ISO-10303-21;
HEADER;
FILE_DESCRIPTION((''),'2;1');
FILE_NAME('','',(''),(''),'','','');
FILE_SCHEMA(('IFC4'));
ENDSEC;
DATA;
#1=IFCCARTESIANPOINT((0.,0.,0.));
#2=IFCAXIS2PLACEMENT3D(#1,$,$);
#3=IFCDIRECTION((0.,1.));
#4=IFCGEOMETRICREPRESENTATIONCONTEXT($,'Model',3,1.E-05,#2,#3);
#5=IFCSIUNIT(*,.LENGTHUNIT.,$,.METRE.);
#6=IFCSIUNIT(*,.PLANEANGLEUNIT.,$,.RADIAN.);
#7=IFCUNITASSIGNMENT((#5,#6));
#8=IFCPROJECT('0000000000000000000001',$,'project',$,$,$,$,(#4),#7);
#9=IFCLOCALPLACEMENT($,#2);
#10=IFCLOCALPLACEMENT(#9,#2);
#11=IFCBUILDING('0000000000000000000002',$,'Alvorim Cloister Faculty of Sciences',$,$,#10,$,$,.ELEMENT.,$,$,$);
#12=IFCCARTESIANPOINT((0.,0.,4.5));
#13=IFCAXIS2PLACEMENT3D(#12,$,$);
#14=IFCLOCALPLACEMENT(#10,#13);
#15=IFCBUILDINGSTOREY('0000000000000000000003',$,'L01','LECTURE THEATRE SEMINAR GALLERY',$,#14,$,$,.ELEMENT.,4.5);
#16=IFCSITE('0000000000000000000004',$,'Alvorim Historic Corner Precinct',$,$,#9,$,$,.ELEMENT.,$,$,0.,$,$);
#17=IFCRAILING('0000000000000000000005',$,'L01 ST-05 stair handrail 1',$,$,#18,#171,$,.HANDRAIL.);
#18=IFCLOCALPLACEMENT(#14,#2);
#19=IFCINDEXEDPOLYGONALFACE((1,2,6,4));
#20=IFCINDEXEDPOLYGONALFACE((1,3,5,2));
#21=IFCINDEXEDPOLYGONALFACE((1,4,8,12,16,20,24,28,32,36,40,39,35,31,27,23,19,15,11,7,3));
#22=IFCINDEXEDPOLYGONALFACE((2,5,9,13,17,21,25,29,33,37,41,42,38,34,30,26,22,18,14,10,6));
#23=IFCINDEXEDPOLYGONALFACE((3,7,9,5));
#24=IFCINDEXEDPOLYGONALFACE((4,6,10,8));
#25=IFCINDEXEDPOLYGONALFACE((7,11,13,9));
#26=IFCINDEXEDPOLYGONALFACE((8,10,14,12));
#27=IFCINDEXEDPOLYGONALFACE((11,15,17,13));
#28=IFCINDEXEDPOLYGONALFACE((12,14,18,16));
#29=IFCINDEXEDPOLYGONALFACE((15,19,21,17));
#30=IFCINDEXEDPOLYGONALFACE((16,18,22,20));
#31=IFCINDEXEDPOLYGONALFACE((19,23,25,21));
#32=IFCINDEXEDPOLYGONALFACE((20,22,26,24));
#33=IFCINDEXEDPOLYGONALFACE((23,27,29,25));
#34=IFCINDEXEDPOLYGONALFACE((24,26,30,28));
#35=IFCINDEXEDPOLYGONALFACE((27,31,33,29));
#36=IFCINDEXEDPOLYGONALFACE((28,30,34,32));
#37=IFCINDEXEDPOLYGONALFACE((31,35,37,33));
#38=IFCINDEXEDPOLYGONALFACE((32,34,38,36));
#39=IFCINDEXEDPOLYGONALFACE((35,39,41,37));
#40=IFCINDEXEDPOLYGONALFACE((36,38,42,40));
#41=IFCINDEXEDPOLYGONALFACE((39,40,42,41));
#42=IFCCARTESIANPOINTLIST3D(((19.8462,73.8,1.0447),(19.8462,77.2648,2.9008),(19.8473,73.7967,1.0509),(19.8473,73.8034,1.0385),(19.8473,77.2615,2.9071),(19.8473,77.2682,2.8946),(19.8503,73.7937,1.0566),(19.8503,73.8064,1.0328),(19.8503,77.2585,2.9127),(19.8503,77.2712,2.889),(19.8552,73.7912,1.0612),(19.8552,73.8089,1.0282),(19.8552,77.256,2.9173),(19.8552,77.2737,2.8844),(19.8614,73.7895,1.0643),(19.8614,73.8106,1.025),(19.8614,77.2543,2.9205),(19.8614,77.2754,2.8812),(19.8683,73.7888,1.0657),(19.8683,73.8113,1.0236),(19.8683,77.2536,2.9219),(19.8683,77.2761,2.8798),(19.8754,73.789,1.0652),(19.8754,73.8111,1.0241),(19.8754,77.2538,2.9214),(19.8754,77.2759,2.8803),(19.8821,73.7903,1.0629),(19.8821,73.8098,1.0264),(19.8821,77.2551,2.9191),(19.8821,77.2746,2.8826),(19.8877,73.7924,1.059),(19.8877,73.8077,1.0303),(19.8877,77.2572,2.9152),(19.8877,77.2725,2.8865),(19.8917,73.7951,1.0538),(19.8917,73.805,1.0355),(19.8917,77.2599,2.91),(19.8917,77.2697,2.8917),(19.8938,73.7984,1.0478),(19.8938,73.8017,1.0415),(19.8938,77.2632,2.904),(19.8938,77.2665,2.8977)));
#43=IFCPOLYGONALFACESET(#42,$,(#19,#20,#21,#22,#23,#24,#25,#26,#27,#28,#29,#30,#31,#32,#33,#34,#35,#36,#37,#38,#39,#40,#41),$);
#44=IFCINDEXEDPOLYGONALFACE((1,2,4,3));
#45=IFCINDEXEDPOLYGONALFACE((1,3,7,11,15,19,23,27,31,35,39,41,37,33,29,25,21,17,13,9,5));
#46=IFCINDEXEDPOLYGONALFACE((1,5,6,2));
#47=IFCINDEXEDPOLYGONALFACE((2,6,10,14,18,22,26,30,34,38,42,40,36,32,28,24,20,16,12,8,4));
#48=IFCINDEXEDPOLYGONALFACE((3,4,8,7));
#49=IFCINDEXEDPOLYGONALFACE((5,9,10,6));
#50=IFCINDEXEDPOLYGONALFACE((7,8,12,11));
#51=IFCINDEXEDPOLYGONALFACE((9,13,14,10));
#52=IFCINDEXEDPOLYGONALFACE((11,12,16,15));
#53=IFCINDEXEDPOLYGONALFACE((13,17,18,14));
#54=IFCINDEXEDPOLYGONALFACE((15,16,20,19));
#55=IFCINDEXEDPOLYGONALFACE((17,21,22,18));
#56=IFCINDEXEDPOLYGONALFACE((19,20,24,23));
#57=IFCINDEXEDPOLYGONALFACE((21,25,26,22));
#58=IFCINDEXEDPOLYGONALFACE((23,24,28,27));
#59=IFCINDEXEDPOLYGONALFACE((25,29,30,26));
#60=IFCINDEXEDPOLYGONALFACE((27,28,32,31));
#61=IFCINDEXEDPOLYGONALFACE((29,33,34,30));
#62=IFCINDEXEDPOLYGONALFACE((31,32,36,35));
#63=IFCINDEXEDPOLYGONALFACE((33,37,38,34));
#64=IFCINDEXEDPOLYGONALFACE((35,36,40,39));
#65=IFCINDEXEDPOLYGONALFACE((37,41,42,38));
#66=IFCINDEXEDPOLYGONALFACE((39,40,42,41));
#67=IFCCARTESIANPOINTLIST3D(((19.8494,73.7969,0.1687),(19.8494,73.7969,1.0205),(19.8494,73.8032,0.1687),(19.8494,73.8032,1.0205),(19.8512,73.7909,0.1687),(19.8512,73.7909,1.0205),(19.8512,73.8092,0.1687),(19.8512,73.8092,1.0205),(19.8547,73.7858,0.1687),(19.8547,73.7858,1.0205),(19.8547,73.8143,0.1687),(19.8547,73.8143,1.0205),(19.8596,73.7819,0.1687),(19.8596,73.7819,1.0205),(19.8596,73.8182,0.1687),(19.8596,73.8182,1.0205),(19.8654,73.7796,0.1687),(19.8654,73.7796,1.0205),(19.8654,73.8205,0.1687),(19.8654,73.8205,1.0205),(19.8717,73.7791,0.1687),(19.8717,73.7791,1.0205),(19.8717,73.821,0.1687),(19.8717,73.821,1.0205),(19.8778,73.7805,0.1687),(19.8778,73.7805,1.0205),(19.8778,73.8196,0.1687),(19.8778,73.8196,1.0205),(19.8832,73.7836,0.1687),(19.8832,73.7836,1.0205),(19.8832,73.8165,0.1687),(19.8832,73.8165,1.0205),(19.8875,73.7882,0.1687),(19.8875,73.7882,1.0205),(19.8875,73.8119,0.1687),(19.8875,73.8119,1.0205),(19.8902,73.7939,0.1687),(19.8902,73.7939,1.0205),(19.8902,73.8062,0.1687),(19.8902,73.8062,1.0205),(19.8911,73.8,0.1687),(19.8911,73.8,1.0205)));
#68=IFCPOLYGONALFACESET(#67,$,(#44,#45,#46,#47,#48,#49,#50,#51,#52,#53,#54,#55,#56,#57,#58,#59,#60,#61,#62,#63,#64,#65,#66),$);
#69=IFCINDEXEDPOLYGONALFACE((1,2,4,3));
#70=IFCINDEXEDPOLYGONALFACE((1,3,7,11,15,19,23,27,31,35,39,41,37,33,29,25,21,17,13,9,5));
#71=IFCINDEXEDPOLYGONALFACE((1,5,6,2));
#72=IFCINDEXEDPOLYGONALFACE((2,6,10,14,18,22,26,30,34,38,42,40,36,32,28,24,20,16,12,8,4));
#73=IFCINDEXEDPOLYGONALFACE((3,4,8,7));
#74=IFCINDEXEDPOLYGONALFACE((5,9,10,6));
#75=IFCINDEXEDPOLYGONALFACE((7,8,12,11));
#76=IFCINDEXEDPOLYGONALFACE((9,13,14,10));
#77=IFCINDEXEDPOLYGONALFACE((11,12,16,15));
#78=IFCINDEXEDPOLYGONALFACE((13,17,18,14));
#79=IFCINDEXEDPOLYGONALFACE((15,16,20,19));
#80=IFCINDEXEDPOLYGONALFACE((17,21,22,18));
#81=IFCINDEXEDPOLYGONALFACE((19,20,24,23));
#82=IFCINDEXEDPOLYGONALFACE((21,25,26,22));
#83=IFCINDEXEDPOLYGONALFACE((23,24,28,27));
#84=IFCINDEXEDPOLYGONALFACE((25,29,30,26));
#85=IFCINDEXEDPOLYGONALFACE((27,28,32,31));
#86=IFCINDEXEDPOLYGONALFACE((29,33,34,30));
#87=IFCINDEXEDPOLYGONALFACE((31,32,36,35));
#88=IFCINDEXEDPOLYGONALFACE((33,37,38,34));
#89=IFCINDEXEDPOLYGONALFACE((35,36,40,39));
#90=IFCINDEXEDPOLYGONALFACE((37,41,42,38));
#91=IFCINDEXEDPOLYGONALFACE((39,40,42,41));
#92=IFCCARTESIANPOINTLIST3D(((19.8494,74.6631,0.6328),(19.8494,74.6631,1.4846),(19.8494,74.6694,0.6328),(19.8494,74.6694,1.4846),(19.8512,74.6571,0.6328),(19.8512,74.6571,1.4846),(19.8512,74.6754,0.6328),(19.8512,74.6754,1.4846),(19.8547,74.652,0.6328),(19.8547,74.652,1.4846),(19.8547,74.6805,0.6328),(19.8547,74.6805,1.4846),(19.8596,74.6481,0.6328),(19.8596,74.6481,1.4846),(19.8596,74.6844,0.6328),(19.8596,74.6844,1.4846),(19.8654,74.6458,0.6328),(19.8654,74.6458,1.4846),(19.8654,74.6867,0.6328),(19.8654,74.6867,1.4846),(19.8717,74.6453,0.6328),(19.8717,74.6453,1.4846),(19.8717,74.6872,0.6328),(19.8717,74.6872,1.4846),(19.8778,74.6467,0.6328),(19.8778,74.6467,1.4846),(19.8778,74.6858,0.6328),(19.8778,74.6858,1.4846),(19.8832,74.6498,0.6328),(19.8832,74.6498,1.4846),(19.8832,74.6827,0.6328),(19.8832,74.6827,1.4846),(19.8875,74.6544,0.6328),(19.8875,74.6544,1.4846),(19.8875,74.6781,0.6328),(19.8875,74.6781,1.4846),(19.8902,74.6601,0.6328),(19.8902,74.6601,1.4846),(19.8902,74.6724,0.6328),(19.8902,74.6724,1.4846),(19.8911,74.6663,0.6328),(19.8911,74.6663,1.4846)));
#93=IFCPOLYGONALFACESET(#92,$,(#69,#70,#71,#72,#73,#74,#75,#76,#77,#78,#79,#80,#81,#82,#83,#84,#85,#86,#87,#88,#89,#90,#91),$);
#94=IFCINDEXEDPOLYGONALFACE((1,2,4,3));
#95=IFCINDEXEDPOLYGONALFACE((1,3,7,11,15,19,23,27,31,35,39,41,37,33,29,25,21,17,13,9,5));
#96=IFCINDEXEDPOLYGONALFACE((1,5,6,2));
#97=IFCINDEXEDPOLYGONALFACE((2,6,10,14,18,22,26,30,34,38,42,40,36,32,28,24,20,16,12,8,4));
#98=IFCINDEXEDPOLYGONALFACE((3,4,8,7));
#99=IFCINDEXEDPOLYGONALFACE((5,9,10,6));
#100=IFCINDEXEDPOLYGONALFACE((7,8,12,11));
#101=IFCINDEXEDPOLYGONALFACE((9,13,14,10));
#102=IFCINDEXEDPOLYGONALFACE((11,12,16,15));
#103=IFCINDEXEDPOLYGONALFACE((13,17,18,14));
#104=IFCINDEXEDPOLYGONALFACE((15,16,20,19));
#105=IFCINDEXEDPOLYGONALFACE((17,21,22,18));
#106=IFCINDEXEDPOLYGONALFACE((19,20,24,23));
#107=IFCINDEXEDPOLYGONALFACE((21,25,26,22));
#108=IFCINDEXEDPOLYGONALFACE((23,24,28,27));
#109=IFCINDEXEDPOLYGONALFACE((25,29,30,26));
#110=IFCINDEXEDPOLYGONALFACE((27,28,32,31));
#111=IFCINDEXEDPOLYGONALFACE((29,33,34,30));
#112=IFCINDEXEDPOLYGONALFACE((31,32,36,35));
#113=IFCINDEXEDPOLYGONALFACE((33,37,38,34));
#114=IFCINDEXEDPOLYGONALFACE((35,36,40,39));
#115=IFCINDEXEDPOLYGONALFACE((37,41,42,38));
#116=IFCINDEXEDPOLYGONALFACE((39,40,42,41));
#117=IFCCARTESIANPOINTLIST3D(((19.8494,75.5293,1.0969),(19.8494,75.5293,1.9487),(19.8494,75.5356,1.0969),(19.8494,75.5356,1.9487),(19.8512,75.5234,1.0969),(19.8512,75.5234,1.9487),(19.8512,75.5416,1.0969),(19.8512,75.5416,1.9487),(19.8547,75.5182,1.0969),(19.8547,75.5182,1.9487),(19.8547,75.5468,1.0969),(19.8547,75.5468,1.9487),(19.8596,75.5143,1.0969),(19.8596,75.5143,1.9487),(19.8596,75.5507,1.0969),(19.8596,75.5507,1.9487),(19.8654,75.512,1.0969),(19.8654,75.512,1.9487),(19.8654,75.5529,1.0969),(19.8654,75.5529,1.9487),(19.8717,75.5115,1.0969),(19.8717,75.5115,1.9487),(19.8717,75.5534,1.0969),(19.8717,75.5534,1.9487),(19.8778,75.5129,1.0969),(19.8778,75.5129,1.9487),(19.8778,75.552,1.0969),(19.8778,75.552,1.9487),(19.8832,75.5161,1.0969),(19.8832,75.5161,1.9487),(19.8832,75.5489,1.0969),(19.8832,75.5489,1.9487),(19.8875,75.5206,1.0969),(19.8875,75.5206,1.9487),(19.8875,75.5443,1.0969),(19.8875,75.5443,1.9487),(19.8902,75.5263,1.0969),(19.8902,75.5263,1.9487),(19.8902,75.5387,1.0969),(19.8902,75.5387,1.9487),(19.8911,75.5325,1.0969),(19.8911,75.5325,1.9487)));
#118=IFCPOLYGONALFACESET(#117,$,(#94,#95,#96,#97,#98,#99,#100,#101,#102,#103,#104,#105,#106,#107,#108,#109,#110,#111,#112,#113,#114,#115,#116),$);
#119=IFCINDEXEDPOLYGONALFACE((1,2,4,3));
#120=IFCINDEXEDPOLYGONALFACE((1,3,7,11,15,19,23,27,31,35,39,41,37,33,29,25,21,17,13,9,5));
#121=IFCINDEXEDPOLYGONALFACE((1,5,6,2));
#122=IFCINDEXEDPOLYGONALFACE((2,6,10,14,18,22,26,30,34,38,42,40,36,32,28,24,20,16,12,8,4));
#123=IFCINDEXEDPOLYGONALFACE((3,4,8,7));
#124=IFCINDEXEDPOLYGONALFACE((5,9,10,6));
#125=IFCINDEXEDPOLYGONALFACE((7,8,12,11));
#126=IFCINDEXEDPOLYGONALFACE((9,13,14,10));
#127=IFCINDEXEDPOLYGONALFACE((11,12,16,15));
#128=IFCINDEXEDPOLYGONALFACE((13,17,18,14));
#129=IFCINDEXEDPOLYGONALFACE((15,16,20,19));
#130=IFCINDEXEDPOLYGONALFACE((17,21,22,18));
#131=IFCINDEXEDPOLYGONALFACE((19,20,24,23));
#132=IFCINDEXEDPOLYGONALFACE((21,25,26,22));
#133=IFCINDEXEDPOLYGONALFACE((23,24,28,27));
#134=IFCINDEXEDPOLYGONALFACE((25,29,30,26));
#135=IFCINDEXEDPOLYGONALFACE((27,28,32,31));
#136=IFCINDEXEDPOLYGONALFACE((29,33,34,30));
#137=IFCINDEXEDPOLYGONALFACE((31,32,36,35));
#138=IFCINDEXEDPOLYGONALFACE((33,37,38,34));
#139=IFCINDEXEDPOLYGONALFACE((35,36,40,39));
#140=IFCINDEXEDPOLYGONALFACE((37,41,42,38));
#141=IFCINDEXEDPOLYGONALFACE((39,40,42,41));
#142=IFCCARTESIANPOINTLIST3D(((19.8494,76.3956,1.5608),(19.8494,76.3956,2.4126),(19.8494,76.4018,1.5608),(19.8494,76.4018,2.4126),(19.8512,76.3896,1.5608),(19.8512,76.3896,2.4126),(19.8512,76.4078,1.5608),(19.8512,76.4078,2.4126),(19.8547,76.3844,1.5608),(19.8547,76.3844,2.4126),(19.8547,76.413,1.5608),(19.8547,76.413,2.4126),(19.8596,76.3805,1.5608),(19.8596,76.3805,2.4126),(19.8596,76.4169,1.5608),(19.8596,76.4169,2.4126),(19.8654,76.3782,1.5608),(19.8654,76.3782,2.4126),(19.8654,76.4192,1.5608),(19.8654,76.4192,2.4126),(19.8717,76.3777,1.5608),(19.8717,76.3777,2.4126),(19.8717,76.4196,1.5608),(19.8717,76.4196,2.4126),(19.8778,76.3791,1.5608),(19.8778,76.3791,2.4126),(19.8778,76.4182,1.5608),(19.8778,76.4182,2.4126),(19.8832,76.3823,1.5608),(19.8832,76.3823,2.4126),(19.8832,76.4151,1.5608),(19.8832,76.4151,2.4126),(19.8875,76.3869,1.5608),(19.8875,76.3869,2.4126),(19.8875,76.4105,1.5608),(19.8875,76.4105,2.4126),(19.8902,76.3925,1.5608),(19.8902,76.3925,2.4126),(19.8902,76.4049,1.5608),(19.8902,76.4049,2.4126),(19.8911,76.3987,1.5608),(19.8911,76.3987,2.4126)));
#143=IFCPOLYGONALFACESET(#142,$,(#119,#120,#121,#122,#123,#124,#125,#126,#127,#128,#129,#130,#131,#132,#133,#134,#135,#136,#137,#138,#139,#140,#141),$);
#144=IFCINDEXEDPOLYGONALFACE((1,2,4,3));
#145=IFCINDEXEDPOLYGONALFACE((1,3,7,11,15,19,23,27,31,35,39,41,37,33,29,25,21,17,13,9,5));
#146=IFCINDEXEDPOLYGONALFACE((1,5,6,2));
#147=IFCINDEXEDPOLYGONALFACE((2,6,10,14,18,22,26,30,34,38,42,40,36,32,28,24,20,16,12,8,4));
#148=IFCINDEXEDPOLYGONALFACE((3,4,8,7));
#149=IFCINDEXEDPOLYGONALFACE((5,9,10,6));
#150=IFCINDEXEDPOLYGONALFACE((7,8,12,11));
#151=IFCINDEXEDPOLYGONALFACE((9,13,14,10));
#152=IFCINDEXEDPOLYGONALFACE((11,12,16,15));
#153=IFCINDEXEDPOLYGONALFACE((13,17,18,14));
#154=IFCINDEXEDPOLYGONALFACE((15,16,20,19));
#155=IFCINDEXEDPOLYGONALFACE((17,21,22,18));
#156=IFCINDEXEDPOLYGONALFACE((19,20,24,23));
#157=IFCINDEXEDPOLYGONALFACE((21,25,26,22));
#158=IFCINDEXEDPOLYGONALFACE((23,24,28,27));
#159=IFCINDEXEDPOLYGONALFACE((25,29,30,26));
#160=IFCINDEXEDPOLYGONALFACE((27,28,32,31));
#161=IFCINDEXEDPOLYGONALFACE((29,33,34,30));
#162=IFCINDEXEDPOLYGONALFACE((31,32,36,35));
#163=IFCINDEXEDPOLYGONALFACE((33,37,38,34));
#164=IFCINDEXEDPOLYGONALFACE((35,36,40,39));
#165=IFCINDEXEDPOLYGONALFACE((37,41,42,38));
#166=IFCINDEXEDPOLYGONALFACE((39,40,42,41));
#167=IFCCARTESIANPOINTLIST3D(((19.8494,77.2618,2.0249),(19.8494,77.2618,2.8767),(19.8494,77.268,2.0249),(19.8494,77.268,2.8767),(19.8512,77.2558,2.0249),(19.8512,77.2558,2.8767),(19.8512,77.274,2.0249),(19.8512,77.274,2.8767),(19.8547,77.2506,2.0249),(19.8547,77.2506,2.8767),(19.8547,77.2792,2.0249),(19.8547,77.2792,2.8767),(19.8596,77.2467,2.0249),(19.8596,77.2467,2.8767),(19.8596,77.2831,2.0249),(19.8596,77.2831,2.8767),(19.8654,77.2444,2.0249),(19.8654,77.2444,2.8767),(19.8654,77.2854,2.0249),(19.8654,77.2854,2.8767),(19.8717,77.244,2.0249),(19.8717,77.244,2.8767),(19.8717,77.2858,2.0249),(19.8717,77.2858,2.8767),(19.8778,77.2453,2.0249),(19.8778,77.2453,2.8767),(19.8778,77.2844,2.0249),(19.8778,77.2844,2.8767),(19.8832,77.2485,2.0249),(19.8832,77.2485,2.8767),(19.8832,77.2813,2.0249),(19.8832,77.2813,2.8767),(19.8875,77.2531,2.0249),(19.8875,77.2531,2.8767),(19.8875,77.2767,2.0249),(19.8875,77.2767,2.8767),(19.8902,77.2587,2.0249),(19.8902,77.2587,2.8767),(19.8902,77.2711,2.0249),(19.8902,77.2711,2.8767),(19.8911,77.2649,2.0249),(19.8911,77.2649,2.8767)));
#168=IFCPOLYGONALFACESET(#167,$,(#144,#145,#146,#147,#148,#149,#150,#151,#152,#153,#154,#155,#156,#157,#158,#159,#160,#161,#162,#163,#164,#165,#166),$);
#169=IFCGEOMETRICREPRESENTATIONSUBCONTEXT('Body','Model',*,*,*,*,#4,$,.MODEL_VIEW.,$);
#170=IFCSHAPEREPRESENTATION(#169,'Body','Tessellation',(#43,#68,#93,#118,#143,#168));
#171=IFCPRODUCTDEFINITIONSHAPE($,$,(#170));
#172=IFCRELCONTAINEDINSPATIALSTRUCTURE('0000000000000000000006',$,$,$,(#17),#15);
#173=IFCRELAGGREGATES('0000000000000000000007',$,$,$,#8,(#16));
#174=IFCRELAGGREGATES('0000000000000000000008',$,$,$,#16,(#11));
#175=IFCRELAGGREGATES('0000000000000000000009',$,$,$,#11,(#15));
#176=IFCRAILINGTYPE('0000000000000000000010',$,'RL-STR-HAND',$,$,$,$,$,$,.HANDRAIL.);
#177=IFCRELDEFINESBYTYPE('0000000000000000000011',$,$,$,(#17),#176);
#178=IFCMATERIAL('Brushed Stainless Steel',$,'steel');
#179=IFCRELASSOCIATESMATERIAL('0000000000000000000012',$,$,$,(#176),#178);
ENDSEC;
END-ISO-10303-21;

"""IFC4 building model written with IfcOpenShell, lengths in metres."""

from ifc_helpers import new_model, si_unit, direction, frame, origin, origin_2d, place, context, subcontext, project, spatial, circle, extrude, material, type_object, element, save


model = new_model("IFC4")

# Units and contexts
model_context = context("Model", 3, precision=1e-05, world=origin(), true_north=direction((0.0, 1.0)))
body_context = subcontext(model_context, "Body", "Model", "MODEL_VIEW")
ifc_project = project(units=[si_unit("LENGTHUNIT", "METRE"), si_unit("PLANEANGLEUNIT", "RADIAN")], contexts=[model_context])

# Site, building, storey
site_placement = place(None, origin())
site = spatial("IfcSite", under=ifc_project, at=site_placement, Name="Alvorim Historic Corner Precinct", CompositionType="ELEMENT", RefElevation=0.0)
building_placement = place(site_placement, origin())
building = spatial("IfcBuilding", under=site, at=building_placement, Name="Alvorim Cloister Faculty of Sciences", CompositionType="ELEMENT")
storey_placement = place(building_placement, frame((0.0, 0.0, 4.5)))
storey = spatial("IfcBuildingStorey", under=building, at=storey_placement, Name="L01", Description="LECTURE THEATRE SEMINAR GALLERY", CompositionType="ELEMENT", Elevation=4.5)

# Railing
ifc_material_1 = material(Name="Brushed Stainless Steel", Category="steel")
railing_type_1 = type_object("IfcRailingType", Name="RL-STR-HAND", PredefinedType="HANDRAIL", material=ifc_material_1)
railing_1_placement = place(storey_placement, frame((19.8701, 73.8, 0.1687)))
element("IfcRailing", 1, at=railing_1_placement, inside=storey, type_object=railing_type_1, Name="L01 ST-05 stair handrail 1", PredefinedType="HANDRAIL", context=body_context, shape_type="SweptSolid", body=[
    extrude(circle(Radius=0.0239, at=origin_2d()), frame((0.0, 0.0, 0.876), z_axis=(0.0, 0.881476, 0.472228), x_axis=(-1.0, 0.0, 0.0)), (0.0, 0.0, 1.0), 3.9307),
    extrude(circle(Radius=0.021, at=origin_2d()), origin(), (0.0, 0.0, 1.0), 0.8518),
    extrude(circle(Radius=0.021, at=origin_2d()), frame((0.0, 0.8662, 0.4641)), (0.0, 0.0, 1.0), 0.8518),
    extrude(circle(Radius=0.021, at=origin_2d()), frame((0.0, 1.7324, 0.9282)), (0.0, 0.0, 1.0), 0.8518),
    extrude(circle(Radius=0.021, at=origin_2d()), frame((0.0, 2.5986, 1.3921)), (0.0, 0.0, 1.0), 0.8518),
    extrude(circle(Radius=0.021, at=origin_2d()), frame((0.0, 3.4648, 1.8562)), (0.0, 0.0, 1.0), 0.8518),
])

save(model, "model.ifc")
